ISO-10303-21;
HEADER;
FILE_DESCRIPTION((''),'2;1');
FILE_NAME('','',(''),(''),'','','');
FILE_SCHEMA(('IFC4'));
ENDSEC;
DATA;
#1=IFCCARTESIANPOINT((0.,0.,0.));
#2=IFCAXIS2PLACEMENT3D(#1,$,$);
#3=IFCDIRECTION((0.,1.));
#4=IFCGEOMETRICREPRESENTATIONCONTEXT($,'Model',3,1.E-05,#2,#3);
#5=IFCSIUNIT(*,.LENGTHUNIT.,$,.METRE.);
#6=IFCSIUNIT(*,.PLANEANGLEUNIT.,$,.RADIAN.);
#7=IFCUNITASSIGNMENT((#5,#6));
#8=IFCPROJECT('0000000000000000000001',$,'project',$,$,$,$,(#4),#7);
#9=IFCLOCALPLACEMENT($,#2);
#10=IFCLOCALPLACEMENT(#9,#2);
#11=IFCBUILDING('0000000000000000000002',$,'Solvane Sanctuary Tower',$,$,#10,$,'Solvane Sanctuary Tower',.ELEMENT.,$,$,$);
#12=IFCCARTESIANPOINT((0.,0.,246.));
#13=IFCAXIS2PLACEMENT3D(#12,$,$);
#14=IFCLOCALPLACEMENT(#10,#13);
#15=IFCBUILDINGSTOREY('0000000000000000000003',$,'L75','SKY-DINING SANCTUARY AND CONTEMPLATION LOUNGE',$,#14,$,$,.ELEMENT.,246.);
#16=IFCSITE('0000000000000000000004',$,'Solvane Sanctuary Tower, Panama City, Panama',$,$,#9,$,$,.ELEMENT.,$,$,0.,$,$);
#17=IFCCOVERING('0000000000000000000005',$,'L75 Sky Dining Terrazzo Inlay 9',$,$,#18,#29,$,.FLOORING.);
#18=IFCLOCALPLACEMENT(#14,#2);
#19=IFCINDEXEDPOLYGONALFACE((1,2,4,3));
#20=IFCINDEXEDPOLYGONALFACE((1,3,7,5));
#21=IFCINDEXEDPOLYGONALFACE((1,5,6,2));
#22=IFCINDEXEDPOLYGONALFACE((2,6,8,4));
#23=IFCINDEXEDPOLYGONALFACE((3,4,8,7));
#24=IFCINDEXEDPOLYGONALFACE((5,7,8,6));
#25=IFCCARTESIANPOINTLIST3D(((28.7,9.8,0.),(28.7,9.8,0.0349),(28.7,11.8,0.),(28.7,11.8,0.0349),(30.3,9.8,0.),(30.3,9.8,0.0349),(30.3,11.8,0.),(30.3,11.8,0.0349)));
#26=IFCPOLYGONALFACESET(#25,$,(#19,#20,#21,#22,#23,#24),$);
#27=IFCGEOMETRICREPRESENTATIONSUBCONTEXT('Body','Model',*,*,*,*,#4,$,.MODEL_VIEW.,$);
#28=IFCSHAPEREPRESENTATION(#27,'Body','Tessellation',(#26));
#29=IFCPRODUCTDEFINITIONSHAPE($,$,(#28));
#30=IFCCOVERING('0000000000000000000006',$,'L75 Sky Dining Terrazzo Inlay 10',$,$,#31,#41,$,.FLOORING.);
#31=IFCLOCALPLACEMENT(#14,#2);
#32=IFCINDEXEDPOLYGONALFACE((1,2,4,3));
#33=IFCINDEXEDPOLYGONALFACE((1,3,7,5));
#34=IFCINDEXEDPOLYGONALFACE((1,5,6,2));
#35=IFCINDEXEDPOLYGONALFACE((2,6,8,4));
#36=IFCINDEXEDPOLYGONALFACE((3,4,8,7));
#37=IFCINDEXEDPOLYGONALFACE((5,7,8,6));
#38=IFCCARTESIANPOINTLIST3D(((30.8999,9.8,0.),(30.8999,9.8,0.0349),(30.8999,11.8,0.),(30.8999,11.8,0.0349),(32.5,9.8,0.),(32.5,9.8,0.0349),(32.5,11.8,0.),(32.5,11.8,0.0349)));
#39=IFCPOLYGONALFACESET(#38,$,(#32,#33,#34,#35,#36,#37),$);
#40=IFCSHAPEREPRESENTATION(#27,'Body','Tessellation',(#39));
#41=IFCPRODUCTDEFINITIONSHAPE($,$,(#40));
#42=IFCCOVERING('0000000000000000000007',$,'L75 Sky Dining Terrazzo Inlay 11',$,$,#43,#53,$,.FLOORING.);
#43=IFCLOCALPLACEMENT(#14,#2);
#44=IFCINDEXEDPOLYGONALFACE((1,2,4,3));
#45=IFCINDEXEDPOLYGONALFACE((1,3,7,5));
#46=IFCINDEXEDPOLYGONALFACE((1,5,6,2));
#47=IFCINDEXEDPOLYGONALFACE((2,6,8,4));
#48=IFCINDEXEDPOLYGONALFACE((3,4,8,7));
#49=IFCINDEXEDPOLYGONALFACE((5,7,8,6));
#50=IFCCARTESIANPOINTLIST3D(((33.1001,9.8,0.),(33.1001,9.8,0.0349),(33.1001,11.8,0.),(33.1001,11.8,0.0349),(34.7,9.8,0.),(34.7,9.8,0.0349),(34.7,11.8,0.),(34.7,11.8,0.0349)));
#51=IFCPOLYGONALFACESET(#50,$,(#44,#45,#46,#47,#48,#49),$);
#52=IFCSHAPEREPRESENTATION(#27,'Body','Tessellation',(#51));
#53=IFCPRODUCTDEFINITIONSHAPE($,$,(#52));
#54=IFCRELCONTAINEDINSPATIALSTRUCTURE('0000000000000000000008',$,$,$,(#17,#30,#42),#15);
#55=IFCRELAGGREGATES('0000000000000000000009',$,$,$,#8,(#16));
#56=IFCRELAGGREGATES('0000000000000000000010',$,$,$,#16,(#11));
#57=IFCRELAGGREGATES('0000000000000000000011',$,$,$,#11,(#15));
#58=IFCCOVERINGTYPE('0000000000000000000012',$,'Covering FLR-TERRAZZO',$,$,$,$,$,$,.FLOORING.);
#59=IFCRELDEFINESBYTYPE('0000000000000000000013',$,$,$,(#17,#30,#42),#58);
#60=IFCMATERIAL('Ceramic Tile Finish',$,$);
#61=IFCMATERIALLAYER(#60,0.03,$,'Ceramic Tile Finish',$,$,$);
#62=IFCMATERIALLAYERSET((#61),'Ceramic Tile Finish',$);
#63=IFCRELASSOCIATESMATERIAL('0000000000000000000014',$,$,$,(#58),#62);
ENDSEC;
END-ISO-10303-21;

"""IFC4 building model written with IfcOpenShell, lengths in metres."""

from ifc_helpers import new_model, si_unit, direction, frame, origin, place, context, subcontext, project, spatial, polyline, outline, extrude, material, layer, layer_set, type_object, element, save


model = new_model("IFC4")

# Units and contexts
model_context = context("Model", 3, precision=1e-05, world=origin(), true_north=direction((0.0, 1.0)))
body_context = subcontext(model_context, "Body", "Model", "MODEL_VIEW")
ifc_project = project(units=[si_unit("LENGTHUNIT", "METRE"), si_unit("PLANEANGLEUNIT", "RADIAN")], contexts=[model_context])

# Site, building, storey
site_placement = place(None, origin())
site = spatial("IfcSite", under=ifc_project, at=site_placement, Name="Solvane Sanctuary Tower, Panama City, Panama", CompositionType="ELEMENT", RefElevation=0.0)
building_placement = place(site_placement, origin())
building = spatial("IfcBuilding", under=site, at=building_placement, Name="Solvane Sanctuary Tower", LongName="Solvane Sanctuary Tower", CompositionType="ELEMENT")
storey_placement = place(building_placement, frame((0.0, 0.0, 246.0)))
storey = spatial("IfcBuildingStorey", under=building, at=storey_placement, Name="L75", Description="SKY-DINING SANCTUARY AND CONTEMPLATION LOUNGE", CompositionType="ELEMENT", Elevation=246.0)

# Coverings
ifc_material_1 = material(Name="Ceramic Tile Finish")
ifc_layer_1 = layer(ifc_material_1, 0.03, Name="Ceramic Tile Finish")
ifc_layer_set_1 = layer_set([ifc_layer_1], Name="Ceramic Tile Finish")
covering_type_1 = type_object("IfcCoveringType", Name="Covering FLR-TERRAZZO", PredefinedType="FLOORING", material=ifc_layer_set_1)
covering_1_placement = place(storey_placement, origin())
element("IfcCovering", 1, at=covering_1_placement, inside=storey, type_object=covering_type_1, Name="L75 Sky Dining Terrazzo Inlay 9", PredefinedType="FLOORING", context=body_context, shape_type="SweptSolid", body=[
    extrude(outline(polyline([(28.7, 9.8), (30.3, 9.8), (30.3, 11.8), (28.7, 11.8), (28.7, 9.8)])), origin(), (0.0, 0.0, 1.0), 0.0349),
])
covering_2_placement = place(storey_placement, origin())
element("IfcCovering", 2, at=covering_2_placement, inside=storey, type_object=covering_type_1, Name="L75 Sky Dining Terrazzo Inlay 10", PredefinedType="FLOORING", context=body_context, shape_type="SweptSolid", body=[
    extrude(outline(polyline([(30.8999, 9.8), (32.5, 9.8), (32.5, 11.8), (30.8999, 11.8), (30.8999, 9.8)])), origin(), (0.0, 0.0, 1.0), 0.0349),
])
covering_3_placement = place(storey_placement, origin())
element("IfcCovering", 3, at=covering_3_placement, inside=storey, type_object=covering_type_1, Name="L75 Sky Dining Terrazzo Inlay 11", PredefinedType="FLOORING", context=body_context, shape_type="SweptSolid", body=[
    extrude(outline(polyline([(33.1001, 9.8), (34.7, 9.8), (34.7, 11.8), (33.1001, 11.8), (33.1001, 9.8)])), origin(), (0.0, 0.0, 1.0), 0.0349),
])

save(model, "model.ifc")
